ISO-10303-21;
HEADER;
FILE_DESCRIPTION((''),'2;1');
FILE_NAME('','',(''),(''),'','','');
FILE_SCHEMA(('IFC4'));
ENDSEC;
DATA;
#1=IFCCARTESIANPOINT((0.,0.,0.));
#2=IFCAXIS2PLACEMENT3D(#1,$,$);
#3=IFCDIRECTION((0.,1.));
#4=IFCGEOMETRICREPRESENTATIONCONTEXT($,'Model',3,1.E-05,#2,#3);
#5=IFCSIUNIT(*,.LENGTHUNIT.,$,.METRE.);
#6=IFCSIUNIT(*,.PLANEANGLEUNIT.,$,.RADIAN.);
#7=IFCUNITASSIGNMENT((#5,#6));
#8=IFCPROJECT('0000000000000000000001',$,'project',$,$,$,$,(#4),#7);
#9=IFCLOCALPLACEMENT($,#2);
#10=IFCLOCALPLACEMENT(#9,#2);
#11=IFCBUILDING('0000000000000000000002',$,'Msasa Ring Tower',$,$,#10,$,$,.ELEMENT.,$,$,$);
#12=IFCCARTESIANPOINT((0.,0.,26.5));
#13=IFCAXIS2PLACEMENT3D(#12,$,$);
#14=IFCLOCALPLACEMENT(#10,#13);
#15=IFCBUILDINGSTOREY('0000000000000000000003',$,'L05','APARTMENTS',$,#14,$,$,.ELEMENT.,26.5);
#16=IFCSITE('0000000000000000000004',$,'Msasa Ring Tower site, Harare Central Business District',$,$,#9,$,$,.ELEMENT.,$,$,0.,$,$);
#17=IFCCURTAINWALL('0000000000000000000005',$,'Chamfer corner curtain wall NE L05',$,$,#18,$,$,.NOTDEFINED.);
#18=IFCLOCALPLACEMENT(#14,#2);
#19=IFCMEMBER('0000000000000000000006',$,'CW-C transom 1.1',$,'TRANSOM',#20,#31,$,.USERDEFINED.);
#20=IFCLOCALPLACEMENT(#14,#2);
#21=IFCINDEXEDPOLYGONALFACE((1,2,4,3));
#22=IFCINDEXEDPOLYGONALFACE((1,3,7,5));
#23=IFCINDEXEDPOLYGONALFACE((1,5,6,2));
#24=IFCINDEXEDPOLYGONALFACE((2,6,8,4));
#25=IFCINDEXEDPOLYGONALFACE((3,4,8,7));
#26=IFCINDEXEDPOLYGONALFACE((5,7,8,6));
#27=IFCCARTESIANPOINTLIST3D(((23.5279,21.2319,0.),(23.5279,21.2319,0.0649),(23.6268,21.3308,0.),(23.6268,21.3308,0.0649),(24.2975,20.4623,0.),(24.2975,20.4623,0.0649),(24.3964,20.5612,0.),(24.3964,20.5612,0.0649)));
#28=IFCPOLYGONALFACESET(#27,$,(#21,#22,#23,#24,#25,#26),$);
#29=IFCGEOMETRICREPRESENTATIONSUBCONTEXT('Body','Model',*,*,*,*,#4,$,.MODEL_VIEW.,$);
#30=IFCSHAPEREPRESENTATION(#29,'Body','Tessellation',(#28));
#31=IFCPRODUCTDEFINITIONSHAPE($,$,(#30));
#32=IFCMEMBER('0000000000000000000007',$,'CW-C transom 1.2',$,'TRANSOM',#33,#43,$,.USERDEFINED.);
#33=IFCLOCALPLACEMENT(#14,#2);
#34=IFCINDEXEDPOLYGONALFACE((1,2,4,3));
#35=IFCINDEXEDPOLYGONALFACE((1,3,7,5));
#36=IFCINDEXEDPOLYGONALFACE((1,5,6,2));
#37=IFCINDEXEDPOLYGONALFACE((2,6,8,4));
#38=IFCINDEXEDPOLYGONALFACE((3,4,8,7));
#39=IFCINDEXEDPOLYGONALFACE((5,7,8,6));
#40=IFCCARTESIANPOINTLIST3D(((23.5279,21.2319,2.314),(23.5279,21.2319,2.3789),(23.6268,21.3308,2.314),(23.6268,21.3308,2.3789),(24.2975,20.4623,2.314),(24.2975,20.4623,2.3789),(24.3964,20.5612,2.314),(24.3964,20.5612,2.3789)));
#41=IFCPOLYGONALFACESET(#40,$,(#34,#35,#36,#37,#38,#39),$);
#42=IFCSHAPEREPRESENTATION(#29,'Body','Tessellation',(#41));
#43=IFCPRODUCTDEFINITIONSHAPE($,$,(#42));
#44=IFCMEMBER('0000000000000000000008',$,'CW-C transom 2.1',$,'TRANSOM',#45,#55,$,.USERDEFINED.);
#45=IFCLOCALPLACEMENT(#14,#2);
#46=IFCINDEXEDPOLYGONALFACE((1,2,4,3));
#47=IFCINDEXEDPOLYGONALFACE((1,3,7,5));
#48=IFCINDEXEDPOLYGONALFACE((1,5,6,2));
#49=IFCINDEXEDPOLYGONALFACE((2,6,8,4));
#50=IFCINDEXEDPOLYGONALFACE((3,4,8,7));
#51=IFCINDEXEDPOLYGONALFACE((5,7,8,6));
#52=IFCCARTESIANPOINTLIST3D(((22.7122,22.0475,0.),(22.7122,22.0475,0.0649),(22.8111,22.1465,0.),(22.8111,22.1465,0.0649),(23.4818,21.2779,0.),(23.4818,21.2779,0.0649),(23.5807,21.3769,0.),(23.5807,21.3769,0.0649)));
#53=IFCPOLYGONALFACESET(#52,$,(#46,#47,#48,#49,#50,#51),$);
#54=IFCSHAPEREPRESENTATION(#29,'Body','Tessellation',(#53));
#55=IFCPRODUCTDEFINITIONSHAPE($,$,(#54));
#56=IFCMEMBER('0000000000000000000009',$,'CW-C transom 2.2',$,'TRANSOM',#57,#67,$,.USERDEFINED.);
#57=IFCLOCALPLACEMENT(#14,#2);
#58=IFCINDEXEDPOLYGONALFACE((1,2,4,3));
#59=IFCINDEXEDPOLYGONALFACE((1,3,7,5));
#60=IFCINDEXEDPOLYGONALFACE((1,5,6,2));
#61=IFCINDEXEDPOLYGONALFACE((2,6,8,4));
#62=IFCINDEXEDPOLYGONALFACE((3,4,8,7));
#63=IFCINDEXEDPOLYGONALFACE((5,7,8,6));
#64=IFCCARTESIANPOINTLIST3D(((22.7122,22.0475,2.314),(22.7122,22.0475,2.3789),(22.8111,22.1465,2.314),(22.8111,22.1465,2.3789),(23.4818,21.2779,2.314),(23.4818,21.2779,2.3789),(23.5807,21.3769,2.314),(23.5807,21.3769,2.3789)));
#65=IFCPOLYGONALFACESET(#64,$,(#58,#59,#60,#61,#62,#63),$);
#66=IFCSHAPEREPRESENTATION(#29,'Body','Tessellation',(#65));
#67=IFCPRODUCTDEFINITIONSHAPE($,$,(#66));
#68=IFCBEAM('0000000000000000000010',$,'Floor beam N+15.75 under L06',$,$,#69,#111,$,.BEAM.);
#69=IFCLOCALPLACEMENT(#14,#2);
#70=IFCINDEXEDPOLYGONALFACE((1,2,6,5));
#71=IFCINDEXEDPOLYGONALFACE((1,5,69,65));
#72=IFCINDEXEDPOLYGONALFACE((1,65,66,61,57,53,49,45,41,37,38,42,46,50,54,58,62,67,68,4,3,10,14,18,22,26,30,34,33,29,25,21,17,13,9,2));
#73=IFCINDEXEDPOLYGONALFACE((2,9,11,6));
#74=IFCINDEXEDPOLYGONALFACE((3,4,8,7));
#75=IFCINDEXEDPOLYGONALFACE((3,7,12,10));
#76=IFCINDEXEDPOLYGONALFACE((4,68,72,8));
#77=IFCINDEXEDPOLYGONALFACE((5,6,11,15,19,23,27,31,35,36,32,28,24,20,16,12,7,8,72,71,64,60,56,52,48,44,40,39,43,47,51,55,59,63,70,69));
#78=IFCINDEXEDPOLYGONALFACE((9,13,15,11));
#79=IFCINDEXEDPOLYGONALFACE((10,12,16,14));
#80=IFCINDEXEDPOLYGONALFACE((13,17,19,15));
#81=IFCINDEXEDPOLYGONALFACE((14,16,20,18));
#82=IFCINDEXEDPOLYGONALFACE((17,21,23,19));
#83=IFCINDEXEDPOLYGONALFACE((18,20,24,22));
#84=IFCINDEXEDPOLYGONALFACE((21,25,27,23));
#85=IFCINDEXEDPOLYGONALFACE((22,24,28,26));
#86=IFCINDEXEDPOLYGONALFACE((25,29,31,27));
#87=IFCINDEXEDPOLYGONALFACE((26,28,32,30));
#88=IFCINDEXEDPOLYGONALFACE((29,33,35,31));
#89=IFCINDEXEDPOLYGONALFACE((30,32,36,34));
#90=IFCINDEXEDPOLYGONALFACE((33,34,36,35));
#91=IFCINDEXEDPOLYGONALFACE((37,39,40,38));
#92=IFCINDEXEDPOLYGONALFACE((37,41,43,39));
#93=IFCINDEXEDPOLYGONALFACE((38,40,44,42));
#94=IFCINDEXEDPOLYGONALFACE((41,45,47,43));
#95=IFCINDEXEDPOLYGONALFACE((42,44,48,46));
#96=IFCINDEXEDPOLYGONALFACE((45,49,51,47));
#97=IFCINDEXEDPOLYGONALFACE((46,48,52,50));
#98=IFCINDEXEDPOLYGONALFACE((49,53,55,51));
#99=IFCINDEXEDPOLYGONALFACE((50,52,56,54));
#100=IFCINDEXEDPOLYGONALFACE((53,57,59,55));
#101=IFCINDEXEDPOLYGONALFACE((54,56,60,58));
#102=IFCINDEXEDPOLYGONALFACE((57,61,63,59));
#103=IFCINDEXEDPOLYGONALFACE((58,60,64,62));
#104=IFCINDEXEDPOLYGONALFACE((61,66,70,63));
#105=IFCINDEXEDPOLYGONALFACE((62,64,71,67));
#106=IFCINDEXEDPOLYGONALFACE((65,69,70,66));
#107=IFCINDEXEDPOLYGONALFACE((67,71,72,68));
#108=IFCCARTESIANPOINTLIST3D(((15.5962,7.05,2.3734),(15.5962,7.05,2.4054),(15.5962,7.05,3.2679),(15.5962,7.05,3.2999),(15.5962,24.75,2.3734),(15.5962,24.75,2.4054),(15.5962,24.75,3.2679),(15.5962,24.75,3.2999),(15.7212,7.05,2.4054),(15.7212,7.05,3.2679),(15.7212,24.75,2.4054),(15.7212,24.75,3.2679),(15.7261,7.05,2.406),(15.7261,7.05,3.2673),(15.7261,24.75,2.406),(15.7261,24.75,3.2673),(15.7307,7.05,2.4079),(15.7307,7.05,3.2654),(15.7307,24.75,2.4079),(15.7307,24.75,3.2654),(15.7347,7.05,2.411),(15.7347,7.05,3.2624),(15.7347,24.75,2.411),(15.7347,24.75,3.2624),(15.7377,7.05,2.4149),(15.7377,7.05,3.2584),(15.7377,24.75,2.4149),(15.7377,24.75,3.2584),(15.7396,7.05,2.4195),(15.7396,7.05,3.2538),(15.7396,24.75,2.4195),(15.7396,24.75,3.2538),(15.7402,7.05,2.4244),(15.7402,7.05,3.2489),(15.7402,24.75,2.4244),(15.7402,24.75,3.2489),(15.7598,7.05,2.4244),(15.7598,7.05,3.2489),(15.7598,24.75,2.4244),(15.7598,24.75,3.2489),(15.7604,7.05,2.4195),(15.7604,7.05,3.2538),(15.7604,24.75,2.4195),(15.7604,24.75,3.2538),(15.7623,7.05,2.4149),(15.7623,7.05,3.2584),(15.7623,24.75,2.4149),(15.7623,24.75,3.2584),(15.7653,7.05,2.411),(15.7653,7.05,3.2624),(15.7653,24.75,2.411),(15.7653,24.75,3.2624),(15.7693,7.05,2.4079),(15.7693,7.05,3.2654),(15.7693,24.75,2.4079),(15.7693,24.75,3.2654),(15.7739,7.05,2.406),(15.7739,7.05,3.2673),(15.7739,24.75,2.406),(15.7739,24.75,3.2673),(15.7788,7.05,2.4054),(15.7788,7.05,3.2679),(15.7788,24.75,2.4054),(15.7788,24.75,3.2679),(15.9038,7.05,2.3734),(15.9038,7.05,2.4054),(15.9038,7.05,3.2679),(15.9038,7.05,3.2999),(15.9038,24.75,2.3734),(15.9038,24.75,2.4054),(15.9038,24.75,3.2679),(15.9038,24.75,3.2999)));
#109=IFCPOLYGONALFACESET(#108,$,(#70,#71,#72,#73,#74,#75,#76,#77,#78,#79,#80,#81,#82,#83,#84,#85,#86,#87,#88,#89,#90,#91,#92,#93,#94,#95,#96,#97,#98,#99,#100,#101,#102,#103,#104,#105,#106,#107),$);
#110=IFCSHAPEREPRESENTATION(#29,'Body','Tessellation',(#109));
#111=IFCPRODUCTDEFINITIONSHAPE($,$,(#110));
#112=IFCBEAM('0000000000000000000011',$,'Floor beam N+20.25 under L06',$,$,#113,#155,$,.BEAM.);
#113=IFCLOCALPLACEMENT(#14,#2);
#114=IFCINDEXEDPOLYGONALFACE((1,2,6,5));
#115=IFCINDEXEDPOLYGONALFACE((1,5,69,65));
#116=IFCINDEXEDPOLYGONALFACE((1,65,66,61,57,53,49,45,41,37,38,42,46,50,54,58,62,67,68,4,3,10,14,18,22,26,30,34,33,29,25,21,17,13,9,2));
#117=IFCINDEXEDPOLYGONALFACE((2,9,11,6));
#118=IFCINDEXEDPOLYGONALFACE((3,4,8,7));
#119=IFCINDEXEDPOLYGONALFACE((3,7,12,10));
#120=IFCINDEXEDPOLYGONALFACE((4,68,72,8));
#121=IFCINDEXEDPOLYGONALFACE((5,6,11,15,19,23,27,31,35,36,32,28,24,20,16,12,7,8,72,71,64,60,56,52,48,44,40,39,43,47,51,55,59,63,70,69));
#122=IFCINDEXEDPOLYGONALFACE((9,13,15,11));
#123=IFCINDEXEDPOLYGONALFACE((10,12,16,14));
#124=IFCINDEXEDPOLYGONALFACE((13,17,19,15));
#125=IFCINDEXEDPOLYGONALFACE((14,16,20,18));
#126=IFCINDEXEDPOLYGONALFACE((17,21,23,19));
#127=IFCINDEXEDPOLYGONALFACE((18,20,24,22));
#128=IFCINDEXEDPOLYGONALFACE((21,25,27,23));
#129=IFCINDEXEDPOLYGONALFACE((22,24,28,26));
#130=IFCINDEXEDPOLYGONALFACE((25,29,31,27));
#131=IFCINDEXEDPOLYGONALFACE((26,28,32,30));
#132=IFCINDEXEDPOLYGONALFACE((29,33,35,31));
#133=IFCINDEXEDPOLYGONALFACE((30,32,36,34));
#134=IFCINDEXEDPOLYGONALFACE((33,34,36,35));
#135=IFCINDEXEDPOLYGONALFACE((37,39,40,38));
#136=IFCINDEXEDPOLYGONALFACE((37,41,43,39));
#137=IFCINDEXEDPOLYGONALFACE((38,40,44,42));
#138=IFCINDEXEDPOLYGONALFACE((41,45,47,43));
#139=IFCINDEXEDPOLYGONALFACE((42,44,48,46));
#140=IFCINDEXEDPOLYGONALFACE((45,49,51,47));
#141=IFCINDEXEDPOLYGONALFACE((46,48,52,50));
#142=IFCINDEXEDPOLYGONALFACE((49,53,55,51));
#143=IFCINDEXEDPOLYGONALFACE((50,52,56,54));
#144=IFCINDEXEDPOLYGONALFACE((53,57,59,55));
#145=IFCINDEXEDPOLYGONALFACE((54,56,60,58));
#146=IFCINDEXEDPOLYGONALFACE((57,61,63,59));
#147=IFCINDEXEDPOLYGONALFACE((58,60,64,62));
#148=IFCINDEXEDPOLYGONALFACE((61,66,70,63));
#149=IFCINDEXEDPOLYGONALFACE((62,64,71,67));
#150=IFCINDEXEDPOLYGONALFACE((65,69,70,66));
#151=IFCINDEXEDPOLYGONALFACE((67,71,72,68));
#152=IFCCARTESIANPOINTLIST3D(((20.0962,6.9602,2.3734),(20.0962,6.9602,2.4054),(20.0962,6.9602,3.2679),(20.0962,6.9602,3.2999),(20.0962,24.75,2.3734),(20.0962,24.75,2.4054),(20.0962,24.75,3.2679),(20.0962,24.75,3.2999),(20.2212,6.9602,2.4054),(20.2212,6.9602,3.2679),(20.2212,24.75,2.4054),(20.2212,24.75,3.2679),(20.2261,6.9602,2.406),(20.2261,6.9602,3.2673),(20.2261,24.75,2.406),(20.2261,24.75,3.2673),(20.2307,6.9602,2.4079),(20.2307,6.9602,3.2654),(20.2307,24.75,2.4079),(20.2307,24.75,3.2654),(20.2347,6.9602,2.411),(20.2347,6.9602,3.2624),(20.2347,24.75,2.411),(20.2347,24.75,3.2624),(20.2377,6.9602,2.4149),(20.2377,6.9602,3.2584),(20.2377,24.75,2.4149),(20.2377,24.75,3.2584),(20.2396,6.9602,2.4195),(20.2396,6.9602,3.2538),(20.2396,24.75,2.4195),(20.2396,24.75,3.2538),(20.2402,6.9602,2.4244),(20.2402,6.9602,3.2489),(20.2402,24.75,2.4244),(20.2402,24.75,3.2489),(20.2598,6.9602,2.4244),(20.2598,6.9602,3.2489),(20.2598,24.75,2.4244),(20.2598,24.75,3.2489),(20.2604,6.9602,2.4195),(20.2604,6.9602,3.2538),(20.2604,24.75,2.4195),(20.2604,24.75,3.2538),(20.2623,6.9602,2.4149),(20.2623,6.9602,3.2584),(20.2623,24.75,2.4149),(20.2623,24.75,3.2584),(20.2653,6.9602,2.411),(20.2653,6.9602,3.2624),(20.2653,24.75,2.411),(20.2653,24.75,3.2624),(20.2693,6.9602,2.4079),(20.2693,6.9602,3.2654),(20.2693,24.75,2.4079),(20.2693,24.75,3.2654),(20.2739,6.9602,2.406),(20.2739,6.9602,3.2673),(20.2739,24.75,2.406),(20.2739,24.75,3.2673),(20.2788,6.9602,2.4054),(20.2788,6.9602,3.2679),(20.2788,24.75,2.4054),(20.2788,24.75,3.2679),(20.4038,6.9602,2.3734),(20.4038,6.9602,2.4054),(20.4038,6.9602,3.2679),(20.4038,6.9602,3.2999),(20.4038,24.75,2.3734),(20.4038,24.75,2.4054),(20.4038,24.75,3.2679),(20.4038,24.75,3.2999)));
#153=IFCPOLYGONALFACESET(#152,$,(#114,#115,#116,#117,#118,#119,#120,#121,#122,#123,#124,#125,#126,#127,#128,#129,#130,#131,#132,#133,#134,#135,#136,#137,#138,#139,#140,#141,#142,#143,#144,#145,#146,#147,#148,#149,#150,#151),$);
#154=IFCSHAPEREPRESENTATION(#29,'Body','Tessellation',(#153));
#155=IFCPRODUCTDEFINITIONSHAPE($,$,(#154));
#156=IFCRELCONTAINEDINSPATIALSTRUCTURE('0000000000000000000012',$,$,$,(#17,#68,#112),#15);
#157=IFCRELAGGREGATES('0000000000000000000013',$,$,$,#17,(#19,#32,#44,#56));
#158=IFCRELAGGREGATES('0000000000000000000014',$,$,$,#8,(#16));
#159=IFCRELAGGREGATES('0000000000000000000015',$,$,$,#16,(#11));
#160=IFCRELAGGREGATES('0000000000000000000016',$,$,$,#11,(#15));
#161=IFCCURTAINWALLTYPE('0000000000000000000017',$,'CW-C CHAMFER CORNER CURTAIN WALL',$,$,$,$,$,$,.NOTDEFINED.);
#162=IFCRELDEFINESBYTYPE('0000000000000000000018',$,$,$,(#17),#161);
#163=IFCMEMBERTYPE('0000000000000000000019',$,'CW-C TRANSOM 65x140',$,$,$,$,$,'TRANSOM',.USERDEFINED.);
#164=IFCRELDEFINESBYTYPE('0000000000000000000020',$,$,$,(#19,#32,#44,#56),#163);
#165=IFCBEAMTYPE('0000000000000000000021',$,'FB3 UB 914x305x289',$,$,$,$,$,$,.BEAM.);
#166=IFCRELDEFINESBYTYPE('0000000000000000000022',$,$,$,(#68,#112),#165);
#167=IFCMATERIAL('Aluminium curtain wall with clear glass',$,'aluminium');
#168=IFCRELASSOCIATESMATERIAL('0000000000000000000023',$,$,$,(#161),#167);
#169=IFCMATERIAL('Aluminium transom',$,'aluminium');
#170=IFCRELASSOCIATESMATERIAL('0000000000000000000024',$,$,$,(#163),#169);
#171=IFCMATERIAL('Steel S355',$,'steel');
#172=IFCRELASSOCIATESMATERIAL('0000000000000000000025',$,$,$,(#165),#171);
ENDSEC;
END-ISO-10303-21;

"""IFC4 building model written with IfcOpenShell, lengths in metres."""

from ifc_helpers import new_model, si_unit, direction, frame, origin, origin_2d, place, context, subcontext, project, spatial, rectangle, i_section, extrude, material, material_profile, profile_set, type_object, element, aggregate, save


model = new_model("IFC4")

# Units and contexts
model_context = context("Model", 3, precision=1e-05, world=origin(), true_north=direction((0.0, 1.0)))
body_context = subcontext(model_context, "Body", "Model", "MODEL_VIEW")
ifc_project = project(units=[si_unit("LENGTHUNIT", "METRE"), si_unit("PLANEANGLEUNIT", "RADIAN")], contexts=[model_context])

# Site, building, storey
site_placement = place(None, origin())
site = spatial("IfcSite", under=ifc_project, at=site_placement, Name="Msasa Ring Tower site, Harare Central Business District", CompositionType="ELEMENT", RefElevation=0.0)
building_placement = place(site_placement, origin())
building = spatial("IfcBuilding", under=site, at=building_placement, Name="Msasa Ring Tower", CompositionType="ELEMENT")
storey_placement = place(building_placement, frame((0.0, 0.0, 26.5)))
storey = spatial("IfcBuildingStorey", under=building, at=storey_placement, Name="L05", Description="APARTMENTS", CompositionType="ELEMENT", Elevation=26.5)

# Curtain wall
ifc_material_1 = material(Name="Aluminium curtain wall with clear glass", Category="aluminium")
curtain_wall_type = type_object("IfcCurtainWallType", Name="CW-C CHAMFER CORNER CURTAIN WALL", PredefinedType="NOTDEFINED", material=ifc_material_1)
curtain_wall_1_placement = place(storey_placement, origin())
curtain_wall_1 = element("IfcCurtainWall", 1, at=curtain_wall_1_placement, inside=storey, type_object=curtain_wall_type, Name="Chamfer corner curtain wall NE L05", PredefinedType="NOTDEFINED")

# Members
ifc_material_2 = material(Name="Aluminium transom", Category="aluminium")
ifc_material_profile_1 = material_profile(ifc_material_2, rectangle(XDim=0.1399, YDim=0.0649, at=origin_2d()), Name="AL 65x140")
ifc_profile_set_1 = profile_set([ifc_material_profile_1], Name="Aluminium transom")
member_type_1 = type_object("IfcMemberType", Name="CW-C TRANSOM 65x140", ElementType="TRANSOM", PredefinedType="USERDEFINED", material=ifc_profile_set_1)
member_1_placement = place(storey_placement, frame((24.3469, 20.5117, 0.0325), z_axis=(-0.707107, 0.707107, 0.0), x_axis=(-0.707107, -0.707107, 0.0)))
member_1 = element("IfcMember", 2, at=member_1_placement, type_object=member_type_1, Name="CW-C transom 1.1", ObjectType="TRANSOM", PredefinedType="USERDEFINED", context=body_context, shape_type="SweptSolid", body=[
    extrude(rectangle(XDim=0.1399, YDim=0.0649, at=origin_2d()), origin(), (0.0, 0.0, 1.0), 1.0884),
])
member_2_placement = place(storey_placement, frame((24.3469, 20.5117, 2.3464), z_axis=(-0.707107, 0.707107, 0.0), x_axis=(-0.707107, -0.707107, 0.0)))
member_2 = element("IfcMember", 3, at=member_2_placement, type_object=member_type_1, Name="CW-C transom 1.2", ObjectType="TRANSOM", PredefinedType="USERDEFINED", context=body_context, shape_type="SweptSolid", body=[
    extrude(rectangle(XDim=0.1399, YDim=0.0649, at=origin_2d()), origin(), (0.0, 0.0, 1.0), 1.0884),
])
member_3_placement = place(storey_placement, frame((23.5312, 21.3274, 0.0325), z_axis=(-0.707107, 0.707107, 0.0), x_axis=(-0.707107, -0.707107, 0.0)))
member_3 = element("IfcMember", 4, at=member_3_placement, type_object=member_type_1, Name="CW-C transom 2.1", ObjectType="TRANSOM", PredefinedType="USERDEFINED", context=body_context, shape_type="SweptSolid", body=[
    extrude(rectangle(XDim=0.1399, YDim=0.0649, at=origin_2d()), origin(), (0.0, 0.0, 1.0), 1.0884),
])
member_4_placement = place(storey_placement, frame((23.5312, 21.3274, 2.3464), z_axis=(-0.707107, 0.707107, 0.0), x_axis=(-0.707107, -0.707107, 0.0)))
member_4 = element("IfcMember", 5, at=member_4_placement, type_object=member_type_1, Name="CW-C transom 2.2", ObjectType="TRANSOM", PredefinedType="USERDEFINED", context=body_context, shape_type="SweptSolid", body=[
    extrude(rectangle(XDim=0.1399, YDim=0.0649, at=origin_2d()), origin(), (0.0, 0.0, 1.0), 1.0884),
])

# Beams
ifc_material_3 = material(Name="Steel S355", Category="steel")
ifc_material_profile_2 = material_profile(ifc_material_3, i_section(OverallWidth=0.3076, OverallDepth=0.9265, WebThickness=0.0195, FlangeThickness=0.032, FilletRadius=0.019, at=origin_2d()), Name="UB 914x305x289")
ifc_profile_set_2 = profile_set([ifc_material_profile_2], Name="Steel S355")
beam_type_1 = type_object("IfcBeamType", Name="FB3 UB 914x305x289", PredefinedType="BEAM", material=ifc_profile_set_2)
beam_1_placement = place(storey_placement, frame((15.75, 24.75, 2.8367), z_axis=(0.0, -1.0, 0.0), x_axis=(1.0, 0.0, 0.0)))
element("IfcBeam", 6, at=beam_1_placement, inside=storey, type_object=beam_type_1, Name="Floor beam N+15.75 under L06", PredefinedType="BEAM", context=body_context, shape_type="SweptSolid", body=[
    extrude(i_section(OverallWidth=0.3076, OverallDepth=0.9265, WebThickness=0.0195, FlangeThickness=0.032, FilletRadius=0.019, at=origin_2d()), origin(), (0.0, 0.0, 1.0), 17.7),
])
beam_2_placement = place(storey_placement, frame((20.25, 24.75, 2.8367), z_axis=(0.0, -1.0, 0.0), x_axis=(1.0, 0.0, 0.0)))
element("IfcBeam", 7, at=beam_2_placement, inside=storey, type_object=beam_type_1, Name="Floor beam N+20.25 under L06", PredefinedType="BEAM", context=body_context, shape_type="SweptSolid", body=[
    extrude(i_section(OverallWidth=0.3076, OverallDepth=0.9265, WebThickness=0.0195, FlangeThickness=0.032, FilletRadius=0.019, at=origin_2d()), origin(), (0.0, 0.0, 1.0), 17.7898),
])

aggregate(curtain_wall_1, [member_1, member_2, member_3, member_4])

save(model, "model.ifc")
